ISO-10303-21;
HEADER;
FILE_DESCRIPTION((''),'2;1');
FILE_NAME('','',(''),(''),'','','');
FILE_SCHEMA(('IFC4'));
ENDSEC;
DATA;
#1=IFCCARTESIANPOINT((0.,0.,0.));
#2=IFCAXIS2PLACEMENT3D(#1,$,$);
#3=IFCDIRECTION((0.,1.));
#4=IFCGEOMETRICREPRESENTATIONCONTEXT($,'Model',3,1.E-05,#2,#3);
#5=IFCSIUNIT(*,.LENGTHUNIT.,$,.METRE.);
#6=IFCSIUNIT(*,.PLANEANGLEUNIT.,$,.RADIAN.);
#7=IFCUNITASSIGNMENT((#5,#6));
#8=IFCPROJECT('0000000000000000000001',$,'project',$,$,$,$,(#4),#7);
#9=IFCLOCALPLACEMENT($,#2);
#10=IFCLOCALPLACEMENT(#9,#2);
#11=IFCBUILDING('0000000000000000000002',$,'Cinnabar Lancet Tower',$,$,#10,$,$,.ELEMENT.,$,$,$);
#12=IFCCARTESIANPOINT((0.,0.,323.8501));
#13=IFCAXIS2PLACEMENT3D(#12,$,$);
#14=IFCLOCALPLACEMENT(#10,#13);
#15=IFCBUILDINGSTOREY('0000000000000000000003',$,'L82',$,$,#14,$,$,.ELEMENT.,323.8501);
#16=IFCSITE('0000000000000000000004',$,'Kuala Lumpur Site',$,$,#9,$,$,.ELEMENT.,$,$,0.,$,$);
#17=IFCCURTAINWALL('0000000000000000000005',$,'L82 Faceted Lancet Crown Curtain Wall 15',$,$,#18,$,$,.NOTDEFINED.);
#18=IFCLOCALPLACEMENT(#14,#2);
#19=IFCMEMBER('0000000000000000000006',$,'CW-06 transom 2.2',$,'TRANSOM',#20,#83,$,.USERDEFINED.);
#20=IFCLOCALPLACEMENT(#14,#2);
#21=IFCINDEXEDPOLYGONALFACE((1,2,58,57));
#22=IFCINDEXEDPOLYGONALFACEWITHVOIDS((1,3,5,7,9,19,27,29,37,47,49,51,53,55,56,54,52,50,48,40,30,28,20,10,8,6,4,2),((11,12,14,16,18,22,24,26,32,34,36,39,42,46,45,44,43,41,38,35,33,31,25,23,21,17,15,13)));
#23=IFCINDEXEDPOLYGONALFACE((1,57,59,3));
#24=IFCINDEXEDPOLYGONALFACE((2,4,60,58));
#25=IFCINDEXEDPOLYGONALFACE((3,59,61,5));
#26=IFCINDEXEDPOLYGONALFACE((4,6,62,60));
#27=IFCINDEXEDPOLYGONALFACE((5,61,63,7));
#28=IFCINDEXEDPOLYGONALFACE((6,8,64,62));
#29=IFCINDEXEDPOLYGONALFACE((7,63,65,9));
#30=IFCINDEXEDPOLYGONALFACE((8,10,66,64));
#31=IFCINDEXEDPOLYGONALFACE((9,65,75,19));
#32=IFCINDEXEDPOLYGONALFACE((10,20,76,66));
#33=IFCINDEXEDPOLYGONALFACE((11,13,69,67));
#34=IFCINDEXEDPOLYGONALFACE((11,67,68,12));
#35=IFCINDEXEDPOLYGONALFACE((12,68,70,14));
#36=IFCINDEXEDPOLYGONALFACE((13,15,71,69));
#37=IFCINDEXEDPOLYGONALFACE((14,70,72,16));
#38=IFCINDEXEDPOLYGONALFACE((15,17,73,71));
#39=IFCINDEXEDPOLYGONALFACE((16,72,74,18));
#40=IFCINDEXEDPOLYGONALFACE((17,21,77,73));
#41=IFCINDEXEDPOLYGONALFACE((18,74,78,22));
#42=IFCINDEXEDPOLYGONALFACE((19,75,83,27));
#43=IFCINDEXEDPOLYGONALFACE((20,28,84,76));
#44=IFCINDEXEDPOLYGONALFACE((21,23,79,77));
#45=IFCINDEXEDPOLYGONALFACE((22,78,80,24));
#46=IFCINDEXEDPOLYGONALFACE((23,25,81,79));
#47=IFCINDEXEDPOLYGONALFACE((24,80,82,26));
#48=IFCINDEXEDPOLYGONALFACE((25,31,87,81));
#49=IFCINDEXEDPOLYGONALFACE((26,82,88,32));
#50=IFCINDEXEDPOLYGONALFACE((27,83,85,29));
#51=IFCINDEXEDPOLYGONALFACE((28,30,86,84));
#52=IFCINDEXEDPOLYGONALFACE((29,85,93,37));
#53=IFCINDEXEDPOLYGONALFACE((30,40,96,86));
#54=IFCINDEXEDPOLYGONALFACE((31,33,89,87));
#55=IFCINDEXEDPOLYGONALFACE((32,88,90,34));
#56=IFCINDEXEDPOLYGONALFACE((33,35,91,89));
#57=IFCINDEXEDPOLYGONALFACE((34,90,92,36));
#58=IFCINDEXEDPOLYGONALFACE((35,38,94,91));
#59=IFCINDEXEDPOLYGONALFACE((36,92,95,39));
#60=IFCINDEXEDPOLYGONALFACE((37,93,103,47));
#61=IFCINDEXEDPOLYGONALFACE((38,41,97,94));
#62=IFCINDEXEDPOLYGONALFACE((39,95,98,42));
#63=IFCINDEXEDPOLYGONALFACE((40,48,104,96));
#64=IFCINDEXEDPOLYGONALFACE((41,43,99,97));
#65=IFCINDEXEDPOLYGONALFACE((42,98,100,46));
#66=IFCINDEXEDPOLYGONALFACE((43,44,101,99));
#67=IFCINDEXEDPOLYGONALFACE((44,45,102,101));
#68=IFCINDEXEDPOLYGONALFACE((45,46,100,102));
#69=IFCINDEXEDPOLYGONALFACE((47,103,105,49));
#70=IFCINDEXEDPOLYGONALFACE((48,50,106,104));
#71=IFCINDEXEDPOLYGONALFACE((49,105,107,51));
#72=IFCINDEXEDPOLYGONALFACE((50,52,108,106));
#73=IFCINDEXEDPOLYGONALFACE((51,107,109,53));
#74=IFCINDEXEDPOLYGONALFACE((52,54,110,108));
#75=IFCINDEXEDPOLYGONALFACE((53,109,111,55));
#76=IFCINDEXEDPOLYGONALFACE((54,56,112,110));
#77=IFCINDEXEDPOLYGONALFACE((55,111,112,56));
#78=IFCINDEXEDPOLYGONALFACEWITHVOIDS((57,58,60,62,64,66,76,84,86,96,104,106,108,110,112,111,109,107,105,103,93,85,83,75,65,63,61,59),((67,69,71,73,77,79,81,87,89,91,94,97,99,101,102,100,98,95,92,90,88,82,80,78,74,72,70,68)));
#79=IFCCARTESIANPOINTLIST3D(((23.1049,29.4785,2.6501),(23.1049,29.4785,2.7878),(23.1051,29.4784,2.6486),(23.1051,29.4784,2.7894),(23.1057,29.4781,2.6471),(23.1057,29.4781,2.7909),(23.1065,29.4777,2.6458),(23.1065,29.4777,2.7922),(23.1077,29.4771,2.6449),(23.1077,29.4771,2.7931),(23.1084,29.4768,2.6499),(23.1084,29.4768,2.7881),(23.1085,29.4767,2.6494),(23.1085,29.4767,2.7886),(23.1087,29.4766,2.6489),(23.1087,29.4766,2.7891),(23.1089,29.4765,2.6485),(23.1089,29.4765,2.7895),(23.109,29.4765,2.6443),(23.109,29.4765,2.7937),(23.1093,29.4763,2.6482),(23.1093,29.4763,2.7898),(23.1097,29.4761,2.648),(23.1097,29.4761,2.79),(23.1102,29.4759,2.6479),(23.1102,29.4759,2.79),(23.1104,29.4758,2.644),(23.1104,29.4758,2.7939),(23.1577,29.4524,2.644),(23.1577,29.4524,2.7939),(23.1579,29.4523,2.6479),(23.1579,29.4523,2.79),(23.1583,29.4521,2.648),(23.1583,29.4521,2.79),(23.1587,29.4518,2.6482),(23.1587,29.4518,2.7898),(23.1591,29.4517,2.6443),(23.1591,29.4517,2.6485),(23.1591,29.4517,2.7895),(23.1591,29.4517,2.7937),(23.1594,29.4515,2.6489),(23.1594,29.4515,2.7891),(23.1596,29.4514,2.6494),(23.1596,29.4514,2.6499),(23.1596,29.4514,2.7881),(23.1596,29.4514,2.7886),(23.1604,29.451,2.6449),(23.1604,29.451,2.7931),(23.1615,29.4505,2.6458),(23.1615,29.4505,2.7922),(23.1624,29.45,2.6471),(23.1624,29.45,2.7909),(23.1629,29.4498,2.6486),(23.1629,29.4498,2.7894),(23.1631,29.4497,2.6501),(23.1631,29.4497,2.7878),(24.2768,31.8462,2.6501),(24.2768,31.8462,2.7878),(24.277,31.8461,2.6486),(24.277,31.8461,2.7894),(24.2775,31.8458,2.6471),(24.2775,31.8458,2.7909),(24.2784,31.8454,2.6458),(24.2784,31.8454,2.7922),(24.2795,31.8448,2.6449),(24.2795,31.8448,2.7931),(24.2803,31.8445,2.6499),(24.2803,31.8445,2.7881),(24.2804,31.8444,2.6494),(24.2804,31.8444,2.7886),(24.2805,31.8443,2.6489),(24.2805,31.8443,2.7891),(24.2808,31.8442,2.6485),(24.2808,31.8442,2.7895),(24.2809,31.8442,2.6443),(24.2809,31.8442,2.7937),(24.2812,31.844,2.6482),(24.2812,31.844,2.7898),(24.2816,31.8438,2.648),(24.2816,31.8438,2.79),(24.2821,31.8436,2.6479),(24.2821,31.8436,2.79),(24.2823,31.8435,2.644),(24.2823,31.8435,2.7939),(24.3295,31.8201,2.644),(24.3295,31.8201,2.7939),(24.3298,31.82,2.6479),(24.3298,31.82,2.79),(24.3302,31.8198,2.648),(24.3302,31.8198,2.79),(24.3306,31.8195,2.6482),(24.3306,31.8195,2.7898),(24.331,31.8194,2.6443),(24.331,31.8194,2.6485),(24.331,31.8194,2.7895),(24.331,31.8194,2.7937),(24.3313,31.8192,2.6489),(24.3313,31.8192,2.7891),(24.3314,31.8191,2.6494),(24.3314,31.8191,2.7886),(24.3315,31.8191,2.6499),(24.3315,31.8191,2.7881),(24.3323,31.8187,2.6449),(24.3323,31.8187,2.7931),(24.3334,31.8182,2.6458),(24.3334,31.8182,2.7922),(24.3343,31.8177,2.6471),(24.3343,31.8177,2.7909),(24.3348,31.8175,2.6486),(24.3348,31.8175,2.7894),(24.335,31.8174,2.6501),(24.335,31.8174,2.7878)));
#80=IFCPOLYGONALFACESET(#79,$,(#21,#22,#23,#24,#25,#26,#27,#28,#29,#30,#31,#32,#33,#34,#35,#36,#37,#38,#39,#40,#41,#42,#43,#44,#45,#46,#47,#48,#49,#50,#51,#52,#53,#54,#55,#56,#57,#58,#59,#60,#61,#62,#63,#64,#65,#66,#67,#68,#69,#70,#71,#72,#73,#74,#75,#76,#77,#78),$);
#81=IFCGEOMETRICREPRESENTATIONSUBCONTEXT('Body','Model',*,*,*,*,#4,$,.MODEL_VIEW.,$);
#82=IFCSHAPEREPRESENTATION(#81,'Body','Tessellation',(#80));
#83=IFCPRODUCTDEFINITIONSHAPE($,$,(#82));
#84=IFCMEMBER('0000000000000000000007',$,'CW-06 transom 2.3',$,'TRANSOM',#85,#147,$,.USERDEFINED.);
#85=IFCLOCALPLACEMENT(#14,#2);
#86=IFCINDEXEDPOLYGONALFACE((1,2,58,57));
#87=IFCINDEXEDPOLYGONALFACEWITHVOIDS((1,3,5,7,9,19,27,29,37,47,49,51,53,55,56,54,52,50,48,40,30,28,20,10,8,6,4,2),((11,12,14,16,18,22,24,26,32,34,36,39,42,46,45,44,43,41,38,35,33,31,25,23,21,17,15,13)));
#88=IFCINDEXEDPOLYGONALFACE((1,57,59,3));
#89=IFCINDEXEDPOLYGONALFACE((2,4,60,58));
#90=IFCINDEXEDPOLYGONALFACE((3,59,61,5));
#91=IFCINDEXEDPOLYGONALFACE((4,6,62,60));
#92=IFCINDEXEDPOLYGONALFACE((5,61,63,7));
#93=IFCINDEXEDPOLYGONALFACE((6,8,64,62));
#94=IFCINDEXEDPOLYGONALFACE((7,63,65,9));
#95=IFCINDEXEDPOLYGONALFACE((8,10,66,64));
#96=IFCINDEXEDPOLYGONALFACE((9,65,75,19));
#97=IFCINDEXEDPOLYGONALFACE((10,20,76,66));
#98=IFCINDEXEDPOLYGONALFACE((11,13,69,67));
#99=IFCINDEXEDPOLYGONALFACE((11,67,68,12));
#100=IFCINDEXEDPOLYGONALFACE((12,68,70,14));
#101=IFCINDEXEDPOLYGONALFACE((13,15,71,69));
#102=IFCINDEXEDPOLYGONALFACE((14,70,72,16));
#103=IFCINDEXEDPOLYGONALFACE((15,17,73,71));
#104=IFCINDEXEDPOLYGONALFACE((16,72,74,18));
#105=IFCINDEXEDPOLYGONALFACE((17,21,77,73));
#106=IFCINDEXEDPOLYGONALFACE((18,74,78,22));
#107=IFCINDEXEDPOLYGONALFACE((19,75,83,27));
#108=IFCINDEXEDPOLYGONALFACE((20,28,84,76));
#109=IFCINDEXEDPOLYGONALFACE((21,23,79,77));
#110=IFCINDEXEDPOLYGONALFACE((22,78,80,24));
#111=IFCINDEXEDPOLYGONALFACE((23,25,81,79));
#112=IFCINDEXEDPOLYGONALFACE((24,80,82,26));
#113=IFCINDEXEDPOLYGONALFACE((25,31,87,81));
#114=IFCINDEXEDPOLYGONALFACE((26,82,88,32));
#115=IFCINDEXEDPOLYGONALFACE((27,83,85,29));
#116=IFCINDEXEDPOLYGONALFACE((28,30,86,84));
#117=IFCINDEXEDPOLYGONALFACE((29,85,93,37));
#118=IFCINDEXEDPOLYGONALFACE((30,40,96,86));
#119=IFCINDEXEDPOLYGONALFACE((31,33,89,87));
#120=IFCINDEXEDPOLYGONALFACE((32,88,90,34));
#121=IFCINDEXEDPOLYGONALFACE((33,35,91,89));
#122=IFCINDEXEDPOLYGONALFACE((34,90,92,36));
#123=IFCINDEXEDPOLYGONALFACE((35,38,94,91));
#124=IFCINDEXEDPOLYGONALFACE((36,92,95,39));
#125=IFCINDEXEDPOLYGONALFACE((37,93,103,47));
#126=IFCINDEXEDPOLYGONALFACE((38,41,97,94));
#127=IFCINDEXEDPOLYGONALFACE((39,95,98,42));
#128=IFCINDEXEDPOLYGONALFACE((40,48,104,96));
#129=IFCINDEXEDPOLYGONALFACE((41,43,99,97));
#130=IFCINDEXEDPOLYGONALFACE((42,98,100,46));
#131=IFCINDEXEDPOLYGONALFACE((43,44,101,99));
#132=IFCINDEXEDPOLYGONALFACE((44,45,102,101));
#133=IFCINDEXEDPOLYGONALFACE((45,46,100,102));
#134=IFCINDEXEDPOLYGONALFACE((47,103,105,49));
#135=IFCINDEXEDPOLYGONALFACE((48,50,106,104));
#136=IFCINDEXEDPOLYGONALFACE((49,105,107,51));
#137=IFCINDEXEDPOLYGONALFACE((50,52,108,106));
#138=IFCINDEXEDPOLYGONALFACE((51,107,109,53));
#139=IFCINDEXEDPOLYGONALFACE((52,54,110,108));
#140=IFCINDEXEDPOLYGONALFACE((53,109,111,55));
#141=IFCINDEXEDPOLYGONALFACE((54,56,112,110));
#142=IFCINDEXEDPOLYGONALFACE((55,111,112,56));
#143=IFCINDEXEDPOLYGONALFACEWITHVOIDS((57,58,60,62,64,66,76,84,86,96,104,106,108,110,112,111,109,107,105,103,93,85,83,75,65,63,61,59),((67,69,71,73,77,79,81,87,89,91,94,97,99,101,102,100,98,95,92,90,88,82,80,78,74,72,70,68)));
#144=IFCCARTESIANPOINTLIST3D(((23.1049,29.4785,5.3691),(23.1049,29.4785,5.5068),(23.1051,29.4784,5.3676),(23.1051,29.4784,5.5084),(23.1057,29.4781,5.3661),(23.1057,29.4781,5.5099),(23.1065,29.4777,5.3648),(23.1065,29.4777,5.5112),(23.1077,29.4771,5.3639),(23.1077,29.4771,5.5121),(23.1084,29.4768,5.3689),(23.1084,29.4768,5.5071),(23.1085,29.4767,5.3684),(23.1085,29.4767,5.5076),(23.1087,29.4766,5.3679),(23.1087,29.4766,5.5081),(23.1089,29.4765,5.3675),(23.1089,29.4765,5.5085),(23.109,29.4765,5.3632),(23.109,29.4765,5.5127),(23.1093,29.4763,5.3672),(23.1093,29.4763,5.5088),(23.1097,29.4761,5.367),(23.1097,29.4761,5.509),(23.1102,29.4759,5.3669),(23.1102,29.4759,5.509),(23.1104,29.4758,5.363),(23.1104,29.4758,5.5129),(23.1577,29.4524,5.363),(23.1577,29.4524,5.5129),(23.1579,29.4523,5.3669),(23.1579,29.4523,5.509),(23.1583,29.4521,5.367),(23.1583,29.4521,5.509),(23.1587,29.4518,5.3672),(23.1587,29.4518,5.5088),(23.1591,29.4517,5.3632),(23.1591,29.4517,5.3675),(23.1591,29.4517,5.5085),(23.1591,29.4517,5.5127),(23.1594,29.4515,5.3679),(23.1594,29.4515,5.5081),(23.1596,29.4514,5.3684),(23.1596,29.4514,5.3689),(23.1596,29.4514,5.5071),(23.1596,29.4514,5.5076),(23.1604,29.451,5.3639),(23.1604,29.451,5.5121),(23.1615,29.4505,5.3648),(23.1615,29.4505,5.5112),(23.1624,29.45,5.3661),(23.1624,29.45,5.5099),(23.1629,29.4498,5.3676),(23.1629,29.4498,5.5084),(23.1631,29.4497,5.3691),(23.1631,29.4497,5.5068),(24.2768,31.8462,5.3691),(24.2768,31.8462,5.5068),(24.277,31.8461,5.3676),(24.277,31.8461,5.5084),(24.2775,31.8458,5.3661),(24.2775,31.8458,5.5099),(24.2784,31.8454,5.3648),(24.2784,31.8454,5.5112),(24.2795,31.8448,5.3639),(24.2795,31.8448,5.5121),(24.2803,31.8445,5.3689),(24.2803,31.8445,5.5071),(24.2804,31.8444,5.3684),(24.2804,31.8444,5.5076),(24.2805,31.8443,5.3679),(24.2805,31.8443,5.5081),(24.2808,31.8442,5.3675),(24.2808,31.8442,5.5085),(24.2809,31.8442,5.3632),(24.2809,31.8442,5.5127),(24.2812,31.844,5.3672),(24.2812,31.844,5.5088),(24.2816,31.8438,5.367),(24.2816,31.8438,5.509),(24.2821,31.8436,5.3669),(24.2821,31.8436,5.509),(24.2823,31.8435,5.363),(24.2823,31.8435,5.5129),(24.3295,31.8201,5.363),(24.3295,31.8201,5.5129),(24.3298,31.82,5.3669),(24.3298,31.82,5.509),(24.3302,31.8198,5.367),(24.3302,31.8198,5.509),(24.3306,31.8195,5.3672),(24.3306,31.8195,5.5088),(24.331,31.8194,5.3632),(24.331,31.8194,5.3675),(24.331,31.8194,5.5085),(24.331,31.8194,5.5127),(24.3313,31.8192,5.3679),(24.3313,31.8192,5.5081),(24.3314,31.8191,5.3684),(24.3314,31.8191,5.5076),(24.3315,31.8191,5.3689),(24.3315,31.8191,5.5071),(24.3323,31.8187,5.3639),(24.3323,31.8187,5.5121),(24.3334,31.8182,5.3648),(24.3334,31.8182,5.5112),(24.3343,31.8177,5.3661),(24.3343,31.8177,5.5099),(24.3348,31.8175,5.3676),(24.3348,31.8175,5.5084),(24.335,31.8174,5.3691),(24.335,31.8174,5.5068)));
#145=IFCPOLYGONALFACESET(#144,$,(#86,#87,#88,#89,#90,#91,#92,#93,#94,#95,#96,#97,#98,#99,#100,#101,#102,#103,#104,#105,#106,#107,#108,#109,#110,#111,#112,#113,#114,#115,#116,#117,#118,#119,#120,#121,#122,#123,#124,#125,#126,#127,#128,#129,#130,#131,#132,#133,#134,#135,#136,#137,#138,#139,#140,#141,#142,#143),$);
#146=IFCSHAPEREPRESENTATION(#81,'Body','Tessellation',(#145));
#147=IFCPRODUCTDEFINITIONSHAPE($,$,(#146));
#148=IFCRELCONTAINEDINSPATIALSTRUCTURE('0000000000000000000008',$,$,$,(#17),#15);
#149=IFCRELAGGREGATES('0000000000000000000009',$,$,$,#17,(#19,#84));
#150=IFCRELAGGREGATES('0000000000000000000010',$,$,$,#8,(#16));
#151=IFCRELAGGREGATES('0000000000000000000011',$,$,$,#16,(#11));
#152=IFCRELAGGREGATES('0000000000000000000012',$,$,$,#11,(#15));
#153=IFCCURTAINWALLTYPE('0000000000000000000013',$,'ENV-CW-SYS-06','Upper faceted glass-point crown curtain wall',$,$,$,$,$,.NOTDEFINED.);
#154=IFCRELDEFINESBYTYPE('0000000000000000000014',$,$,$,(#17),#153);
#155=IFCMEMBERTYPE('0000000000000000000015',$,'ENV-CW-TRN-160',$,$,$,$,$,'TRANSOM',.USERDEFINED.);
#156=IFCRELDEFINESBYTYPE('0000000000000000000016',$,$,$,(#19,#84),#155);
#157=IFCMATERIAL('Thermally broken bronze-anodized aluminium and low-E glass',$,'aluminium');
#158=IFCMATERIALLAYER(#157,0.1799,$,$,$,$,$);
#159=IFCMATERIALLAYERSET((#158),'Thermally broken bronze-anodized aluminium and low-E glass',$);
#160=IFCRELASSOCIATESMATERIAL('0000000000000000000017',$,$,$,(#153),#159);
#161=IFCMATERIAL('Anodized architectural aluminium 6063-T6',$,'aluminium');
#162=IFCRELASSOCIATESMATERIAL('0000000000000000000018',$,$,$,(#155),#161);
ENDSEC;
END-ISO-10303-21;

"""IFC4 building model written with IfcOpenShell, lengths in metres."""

from ifc_helpers import new_model, si_unit, direction, frame, origin, origin_2d, place, context, subcontext, project, spatial, hollow_rectangle, extrude, material, layer, layer_set, material_profile, profile_set, type_object, element, aggregate, save


model = new_model("IFC4")

# Units and contexts
model_context = context("Model", 3, precision=1e-05, world=origin(), true_north=direction((0.0, 1.0)))
body_context = subcontext(model_context, "Body", "Model", "MODEL_VIEW")
ifc_project = project(units=[si_unit("LENGTHUNIT", "METRE"), si_unit("PLANEANGLEUNIT", "RADIAN")], contexts=[model_context])

# Site, building, storey
site_placement = place(None, origin())
site = spatial("IfcSite", under=ifc_project, at=site_placement, Name="Kuala Lumpur Site", CompositionType="ELEMENT", RefElevation=0.0)
building_placement = place(site_placement, origin())
building = spatial("IfcBuilding", under=site, at=building_placement, Name="Cinnabar Lancet Tower", CompositionType="ELEMENT")
storey_placement = place(building_placement, frame((0.0, 0.0, 323.8501)))
storey = spatial("IfcBuildingStorey", under=building, at=storey_placement, Name="L82", CompositionType="ELEMENT", Elevation=323.8501)

# Curtain wall, members
ifc_material_1 = material(Name="Thermally broken bronze-anodized aluminium and low-E glass", Category="aluminium")
ifc_layer_1 = layer(ifc_material_1, 0.1799)
ifc_layer_set_1 = layer_set([ifc_layer_1], Name="Thermally broken bronze-anodized aluminium and low-E glass")
curtain_wall_type = type_object("IfcCurtainWallType", Name="ENV-CW-SYS-06", Description="Upper faceted glass-point crown curtain wall", PredefinedType="NOTDEFINED", material=ifc_layer_set_1)
curtain_wall_placement = place(storey_placement, origin())
curtain_wall = element("IfcCurtainWall", 1, at=curtain_wall_placement, inside=storey, type_object=curtain_wall_type, Name="L82 Faceted Lancet Crown Curtain Wall 15", PredefinedType="NOTDEFINED")
ifc_material_2 = material(Name="Anodized architectural aluminium 6063-T6", Category="aluminium")
ifc_material_profile_1 = material_profile(ifc_material_2, hollow_rectangle(XDim=0.0649, YDim=0.1499, WallThickness=0.0039, InnerFilletRadius=0.002, OuterFilletRadius=0.0061, at=origin_2d()), Name="CW-TRN 150x65x4")
ifc_profile_set_1 = profile_set([ifc_material_profile_1], Name="Anodized architectural aluminium 6063-T6")
member_type_1 = type_object("IfcMemberType", Name="ENV-CW-TRN-160", ElementType="TRANSOM", PredefinedType="USERDEFINED", material=ifc_profile_set_1)
member_1_placement = place(storey_placement, frame((24.3059, 31.8318, 2.719), z_axis=(-0.443587, -0.896231, 0.0), x_axis=(0.896231, -0.443587, 0.0)))
member_1 = element("IfcMember", 2, at=member_1_placement, type_object=member_type_1, Name="CW-06 transom 2.2", ObjectType="TRANSOM", PredefinedType="USERDEFINED", context=body_context, shape_type="SweptSolid", body=[
    extrude(hollow_rectangle(XDim=0.0649, YDim=0.1499, WallThickness=0.0039, InnerFilletRadius=0.002, OuterFilletRadius=0.0061, at=origin_2d()), origin(), (0.0, 0.0, 1.0), 2.6418),
])
member_2_placement = place(storey_placement, frame((24.3059, 31.8318, 5.438), z_axis=(-0.443587, -0.896231, 0.0), x_axis=(0.896231, -0.443587, 0.0)))
member_2 = element("IfcMember", 3, at=member_2_placement, type_object=member_type_1, Name="CW-06 transom 2.3", ObjectType="TRANSOM", PredefinedType="USERDEFINED", context=body_context, shape_type="SweptSolid", body=[
    extrude(hollow_rectangle(XDim=0.0649, YDim=0.1499, WallThickness=0.0039, InnerFilletRadius=0.002, OuterFilletRadius=0.0061, at=origin_2d()), origin(), (0.0, 0.0, 1.0), 2.6418),
])

aggregate(curtain_wall, [member_1, member_2])

save(model, "model.ifc")
